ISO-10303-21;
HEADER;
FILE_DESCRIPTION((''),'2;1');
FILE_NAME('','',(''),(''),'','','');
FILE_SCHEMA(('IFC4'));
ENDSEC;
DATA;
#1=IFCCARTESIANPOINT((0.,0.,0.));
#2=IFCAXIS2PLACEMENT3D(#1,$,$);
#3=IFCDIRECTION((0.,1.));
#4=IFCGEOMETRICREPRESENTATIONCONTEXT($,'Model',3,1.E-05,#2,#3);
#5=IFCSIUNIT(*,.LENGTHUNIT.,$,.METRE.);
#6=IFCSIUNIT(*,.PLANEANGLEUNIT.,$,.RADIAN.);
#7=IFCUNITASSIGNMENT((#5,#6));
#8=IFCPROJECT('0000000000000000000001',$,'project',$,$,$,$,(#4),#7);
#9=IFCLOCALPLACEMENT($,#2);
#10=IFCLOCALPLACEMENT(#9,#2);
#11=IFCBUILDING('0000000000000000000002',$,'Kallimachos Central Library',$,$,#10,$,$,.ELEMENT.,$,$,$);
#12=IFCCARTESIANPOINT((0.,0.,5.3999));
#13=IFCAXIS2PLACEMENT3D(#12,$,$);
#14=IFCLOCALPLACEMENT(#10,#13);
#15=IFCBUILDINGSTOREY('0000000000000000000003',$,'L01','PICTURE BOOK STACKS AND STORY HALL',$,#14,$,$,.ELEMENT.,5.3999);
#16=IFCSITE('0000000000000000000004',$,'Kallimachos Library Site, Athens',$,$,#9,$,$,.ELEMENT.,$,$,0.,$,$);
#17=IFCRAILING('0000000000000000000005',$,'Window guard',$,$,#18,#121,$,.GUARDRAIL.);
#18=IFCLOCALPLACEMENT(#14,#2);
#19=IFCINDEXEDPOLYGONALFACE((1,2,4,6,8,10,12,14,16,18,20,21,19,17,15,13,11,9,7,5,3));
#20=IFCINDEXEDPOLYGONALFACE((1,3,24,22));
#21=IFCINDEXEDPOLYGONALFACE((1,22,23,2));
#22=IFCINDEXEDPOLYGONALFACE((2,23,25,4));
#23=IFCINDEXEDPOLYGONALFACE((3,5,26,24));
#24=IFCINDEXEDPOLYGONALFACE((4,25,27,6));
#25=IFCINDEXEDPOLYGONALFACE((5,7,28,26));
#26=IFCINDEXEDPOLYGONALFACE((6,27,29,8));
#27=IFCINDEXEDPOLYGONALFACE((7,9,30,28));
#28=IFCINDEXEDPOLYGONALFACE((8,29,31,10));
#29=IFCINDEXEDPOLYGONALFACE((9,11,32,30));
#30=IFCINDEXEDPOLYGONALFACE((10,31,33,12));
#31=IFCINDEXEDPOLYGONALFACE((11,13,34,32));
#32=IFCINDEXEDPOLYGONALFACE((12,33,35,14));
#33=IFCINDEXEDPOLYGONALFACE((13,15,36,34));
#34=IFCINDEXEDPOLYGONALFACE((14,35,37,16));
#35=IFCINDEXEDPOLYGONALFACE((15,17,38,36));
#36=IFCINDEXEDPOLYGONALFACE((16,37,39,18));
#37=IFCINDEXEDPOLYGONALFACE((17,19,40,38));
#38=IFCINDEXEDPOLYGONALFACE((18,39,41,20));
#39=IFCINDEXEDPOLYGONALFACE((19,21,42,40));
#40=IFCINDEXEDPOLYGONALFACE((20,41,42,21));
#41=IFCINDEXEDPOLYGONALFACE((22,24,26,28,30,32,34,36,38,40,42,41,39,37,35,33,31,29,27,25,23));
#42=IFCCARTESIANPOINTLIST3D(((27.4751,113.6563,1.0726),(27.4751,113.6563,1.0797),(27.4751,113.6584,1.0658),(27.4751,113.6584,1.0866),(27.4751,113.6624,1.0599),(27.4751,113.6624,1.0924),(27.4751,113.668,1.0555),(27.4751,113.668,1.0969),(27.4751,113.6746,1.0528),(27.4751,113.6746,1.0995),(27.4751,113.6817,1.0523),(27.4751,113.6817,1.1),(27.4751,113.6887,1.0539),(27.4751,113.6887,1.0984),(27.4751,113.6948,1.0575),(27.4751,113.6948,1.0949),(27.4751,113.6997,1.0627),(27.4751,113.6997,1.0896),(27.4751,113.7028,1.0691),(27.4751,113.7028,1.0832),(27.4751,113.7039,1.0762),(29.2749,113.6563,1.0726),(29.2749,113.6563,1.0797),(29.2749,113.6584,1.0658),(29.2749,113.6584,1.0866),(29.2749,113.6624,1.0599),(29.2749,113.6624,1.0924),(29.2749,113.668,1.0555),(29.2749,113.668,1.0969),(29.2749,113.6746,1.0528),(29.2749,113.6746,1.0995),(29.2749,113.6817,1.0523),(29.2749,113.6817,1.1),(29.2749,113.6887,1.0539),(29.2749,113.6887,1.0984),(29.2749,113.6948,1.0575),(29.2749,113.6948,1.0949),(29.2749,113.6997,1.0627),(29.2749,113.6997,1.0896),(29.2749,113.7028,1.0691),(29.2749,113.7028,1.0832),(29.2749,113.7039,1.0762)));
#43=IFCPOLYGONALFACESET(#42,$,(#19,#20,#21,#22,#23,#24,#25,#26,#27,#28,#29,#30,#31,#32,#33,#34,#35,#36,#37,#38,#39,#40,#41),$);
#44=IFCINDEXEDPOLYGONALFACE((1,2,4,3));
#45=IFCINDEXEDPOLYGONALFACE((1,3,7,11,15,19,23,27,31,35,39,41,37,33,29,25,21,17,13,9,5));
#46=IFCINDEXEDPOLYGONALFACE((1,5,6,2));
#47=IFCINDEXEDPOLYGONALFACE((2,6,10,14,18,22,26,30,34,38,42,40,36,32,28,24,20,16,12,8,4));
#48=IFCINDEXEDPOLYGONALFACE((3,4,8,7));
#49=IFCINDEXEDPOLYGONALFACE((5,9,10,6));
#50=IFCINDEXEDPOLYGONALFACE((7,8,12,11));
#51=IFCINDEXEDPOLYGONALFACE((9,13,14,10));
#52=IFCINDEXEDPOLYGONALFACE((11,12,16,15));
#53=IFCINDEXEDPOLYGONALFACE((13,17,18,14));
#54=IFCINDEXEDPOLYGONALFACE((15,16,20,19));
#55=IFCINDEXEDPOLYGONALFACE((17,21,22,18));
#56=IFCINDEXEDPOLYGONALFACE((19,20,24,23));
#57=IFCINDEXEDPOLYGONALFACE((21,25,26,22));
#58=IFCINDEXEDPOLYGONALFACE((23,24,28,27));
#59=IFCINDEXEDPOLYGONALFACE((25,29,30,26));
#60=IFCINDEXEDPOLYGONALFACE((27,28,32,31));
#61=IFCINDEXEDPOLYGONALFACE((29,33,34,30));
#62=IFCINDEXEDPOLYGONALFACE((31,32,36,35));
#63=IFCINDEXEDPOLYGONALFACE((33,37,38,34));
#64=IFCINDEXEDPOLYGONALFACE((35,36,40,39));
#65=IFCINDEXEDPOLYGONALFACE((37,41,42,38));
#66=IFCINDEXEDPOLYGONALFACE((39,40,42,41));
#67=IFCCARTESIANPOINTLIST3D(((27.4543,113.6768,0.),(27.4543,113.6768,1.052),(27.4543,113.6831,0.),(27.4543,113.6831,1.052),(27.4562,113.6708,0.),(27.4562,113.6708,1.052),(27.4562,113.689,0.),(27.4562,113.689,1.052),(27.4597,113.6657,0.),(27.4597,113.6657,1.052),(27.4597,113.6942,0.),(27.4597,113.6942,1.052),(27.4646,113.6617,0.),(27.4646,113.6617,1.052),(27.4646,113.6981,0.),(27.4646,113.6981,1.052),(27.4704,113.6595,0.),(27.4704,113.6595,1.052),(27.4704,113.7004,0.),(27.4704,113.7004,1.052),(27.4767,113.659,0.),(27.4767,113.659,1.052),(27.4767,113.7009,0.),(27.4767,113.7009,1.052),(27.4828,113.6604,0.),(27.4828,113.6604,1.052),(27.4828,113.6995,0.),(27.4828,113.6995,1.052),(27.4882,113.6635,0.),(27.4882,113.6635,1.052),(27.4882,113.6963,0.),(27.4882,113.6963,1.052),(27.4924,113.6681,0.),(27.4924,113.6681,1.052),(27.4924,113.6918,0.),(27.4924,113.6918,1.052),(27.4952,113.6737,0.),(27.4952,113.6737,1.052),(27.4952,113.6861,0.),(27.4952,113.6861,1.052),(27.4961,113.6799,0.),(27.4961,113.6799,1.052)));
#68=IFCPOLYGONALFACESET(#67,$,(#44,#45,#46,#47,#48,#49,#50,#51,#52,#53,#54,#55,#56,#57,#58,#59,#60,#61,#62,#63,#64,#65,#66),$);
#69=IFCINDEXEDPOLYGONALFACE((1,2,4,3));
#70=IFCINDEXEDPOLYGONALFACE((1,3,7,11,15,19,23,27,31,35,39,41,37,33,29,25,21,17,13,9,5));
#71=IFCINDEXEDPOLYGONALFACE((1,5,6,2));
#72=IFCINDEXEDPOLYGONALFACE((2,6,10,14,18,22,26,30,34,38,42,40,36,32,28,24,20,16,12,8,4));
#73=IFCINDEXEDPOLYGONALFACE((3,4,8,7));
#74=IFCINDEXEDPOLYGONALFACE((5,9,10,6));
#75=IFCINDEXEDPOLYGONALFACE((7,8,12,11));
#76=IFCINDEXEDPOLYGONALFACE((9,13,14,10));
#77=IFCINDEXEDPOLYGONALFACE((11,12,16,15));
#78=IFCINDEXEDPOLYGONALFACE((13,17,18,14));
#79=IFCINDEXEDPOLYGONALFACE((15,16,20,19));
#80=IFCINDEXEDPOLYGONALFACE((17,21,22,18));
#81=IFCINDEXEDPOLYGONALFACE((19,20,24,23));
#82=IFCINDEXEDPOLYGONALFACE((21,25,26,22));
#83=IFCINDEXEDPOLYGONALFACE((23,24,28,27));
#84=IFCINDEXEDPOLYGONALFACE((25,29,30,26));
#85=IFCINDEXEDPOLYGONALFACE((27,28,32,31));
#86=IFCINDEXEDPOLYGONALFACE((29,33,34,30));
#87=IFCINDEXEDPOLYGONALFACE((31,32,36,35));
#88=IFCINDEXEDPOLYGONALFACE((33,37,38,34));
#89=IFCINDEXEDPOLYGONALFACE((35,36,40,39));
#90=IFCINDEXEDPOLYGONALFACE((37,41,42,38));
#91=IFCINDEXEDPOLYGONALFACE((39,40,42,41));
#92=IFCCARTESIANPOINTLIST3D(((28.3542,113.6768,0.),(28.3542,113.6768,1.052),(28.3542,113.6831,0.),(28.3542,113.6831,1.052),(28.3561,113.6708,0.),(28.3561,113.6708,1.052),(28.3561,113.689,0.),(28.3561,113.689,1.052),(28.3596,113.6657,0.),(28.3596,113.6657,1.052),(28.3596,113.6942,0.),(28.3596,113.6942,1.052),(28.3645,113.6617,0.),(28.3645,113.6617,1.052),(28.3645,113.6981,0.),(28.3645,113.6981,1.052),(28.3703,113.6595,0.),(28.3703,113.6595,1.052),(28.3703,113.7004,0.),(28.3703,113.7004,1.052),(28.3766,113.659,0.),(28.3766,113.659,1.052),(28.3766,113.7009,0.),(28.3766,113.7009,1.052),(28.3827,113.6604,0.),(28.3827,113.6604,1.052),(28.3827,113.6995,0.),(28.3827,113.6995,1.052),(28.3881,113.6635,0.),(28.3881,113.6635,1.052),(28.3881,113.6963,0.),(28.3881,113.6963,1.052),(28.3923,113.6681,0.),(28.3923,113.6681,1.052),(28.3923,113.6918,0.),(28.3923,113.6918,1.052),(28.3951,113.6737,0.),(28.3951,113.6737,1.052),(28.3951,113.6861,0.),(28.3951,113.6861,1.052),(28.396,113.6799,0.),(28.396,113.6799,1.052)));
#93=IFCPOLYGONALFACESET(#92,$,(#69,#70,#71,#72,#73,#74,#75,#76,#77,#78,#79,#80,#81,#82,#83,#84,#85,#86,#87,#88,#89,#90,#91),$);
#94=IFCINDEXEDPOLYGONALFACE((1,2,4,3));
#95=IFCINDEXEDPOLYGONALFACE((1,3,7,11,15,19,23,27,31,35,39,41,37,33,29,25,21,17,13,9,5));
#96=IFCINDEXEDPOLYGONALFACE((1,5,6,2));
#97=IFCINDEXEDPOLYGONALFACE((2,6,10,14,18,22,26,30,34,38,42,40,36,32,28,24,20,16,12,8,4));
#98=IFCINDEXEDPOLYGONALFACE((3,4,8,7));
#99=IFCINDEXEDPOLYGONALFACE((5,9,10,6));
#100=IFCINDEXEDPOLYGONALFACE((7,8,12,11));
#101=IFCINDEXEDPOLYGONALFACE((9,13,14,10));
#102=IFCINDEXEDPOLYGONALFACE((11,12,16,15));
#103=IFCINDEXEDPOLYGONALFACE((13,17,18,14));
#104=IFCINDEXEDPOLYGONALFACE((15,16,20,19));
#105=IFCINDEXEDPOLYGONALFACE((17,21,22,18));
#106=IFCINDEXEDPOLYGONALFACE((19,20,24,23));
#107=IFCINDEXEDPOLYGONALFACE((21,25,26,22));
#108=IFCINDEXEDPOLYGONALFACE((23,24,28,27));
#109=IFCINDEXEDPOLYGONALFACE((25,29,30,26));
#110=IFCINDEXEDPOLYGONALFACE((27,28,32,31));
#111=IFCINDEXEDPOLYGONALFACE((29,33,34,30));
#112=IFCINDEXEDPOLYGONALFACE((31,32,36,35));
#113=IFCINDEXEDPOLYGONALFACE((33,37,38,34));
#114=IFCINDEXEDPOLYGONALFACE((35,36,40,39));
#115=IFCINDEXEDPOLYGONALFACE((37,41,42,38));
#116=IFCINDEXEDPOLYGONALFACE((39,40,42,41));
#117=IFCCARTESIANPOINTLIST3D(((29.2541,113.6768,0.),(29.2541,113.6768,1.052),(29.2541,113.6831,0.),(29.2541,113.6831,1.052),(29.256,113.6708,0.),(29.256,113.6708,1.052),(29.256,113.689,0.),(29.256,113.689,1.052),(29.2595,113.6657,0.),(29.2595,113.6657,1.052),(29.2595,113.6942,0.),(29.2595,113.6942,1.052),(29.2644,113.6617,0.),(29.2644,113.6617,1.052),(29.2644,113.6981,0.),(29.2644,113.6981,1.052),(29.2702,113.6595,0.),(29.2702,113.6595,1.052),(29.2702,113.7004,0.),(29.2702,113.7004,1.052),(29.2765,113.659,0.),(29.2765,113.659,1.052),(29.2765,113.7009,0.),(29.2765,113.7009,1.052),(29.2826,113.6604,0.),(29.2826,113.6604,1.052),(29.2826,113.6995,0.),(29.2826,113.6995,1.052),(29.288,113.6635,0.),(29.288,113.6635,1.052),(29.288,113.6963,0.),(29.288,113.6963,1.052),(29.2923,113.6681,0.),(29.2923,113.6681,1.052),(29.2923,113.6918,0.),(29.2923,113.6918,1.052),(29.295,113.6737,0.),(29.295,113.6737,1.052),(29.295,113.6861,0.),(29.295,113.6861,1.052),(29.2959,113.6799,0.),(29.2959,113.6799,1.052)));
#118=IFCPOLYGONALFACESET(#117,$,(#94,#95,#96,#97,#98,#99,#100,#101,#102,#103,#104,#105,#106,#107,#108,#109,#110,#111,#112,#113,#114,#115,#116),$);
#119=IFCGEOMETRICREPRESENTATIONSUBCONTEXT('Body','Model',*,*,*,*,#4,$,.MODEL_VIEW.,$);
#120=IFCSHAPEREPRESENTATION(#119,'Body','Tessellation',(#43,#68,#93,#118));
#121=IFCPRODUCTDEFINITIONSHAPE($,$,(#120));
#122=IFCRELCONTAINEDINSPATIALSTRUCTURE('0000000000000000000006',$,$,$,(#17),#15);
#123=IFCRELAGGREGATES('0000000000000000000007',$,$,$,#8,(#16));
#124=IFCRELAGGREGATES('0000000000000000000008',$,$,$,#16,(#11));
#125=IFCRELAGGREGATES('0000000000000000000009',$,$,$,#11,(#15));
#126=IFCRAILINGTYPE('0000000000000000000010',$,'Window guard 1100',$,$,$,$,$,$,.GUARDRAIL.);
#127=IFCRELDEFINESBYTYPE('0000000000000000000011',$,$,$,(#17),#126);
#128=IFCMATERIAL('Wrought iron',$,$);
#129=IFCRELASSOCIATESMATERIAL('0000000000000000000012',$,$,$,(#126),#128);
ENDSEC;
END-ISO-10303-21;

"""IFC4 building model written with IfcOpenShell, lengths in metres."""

from ifc_helpers import new_model, si_unit, direction, frame, origin, origin_2d, place, context, subcontext, project, spatial, circle, extrude, material, type_object, element, save


model = new_model("IFC4")

# Units and contexts
model_context = context("Model", 3, precision=1e-05, world=origin(), true_north=direction((0.0, 1.0)))
body_context = subcontext(model_context, "Body", "Model", "MODEL_VIEW")
ifc_project = project(units=[si_unit("LENGTHUNIT", "METRE"), si_unit("PLANEANGLEUNIT", "RADIAN")], contexts=[model_context])

# Site, building, storey
site_placement = place(None, origin())
site = spatial("IfcSite", under=ifc_project, at=site_placement, Name="Kallimachos Library Site, Athens", CompositionType="ELEMENT", RefElevation=0.0)
building_placement = place(site_placement, origin())
building = spatial("IfcBuilding", under=site, at=building_placement, Name="Kallimachos Central Library", CompositionType="ELEMENT")
storey_placement = place(building_placement, frame((0.0, 0.0, 5.3999)))
storey = spatial("IfcBuildingStorey", under=building, at=storey_placement, Name="L01", Description="PICTURE BOOK STACKS AND STORY HALL", CompositionType="ELEMENT", Elevation=5.3999)

# Railing
ifc_material_1 = material(Name="Wrought iron")
railing_type_1 = type_object("IfcRailingType", Name="Window guard 1100", PredefinedType="GUARDRAIL", material=ifc_material_1)
railing_1_placement = place(storey_placement, frame((27.4751, 113.6799, 0.0)))
element("IfcRailing", 1, at=railing_1_placement, inside=storey, type_object=railing_type_1, Name="Window guard", PredefinedType="GUARDRAIL", context=body_context, shape_type="SweptSolid", body=[
    extrude(circle(Radius=0.0239, at=origin_2d()), frame((0.0, 0.0, 1.0762), z_axis=(1.0, 0.0, 0.0), x_axis=(0.0, 1.0, 0.0)), (0.0, 0.0, 1.0), 1.7998),
    extrude(circle(Radius=0.021, at=origin_2d()), origin(), (0.0, 0.0, 1.0), 1.052),
    extrude(circle(Radius=0.021, at=origin_2d()), frame((0.8999, 0.0, 0.0)), (0.0, 0.0, 1.0), 1.052),
    extrude(circle(Radius=0.021, at=origin_2d()), frame((1.7998, 0.0, 0.0)), (0.0, 0.0, 1.0), 1.052),
])

save(model, "model.ifc")
